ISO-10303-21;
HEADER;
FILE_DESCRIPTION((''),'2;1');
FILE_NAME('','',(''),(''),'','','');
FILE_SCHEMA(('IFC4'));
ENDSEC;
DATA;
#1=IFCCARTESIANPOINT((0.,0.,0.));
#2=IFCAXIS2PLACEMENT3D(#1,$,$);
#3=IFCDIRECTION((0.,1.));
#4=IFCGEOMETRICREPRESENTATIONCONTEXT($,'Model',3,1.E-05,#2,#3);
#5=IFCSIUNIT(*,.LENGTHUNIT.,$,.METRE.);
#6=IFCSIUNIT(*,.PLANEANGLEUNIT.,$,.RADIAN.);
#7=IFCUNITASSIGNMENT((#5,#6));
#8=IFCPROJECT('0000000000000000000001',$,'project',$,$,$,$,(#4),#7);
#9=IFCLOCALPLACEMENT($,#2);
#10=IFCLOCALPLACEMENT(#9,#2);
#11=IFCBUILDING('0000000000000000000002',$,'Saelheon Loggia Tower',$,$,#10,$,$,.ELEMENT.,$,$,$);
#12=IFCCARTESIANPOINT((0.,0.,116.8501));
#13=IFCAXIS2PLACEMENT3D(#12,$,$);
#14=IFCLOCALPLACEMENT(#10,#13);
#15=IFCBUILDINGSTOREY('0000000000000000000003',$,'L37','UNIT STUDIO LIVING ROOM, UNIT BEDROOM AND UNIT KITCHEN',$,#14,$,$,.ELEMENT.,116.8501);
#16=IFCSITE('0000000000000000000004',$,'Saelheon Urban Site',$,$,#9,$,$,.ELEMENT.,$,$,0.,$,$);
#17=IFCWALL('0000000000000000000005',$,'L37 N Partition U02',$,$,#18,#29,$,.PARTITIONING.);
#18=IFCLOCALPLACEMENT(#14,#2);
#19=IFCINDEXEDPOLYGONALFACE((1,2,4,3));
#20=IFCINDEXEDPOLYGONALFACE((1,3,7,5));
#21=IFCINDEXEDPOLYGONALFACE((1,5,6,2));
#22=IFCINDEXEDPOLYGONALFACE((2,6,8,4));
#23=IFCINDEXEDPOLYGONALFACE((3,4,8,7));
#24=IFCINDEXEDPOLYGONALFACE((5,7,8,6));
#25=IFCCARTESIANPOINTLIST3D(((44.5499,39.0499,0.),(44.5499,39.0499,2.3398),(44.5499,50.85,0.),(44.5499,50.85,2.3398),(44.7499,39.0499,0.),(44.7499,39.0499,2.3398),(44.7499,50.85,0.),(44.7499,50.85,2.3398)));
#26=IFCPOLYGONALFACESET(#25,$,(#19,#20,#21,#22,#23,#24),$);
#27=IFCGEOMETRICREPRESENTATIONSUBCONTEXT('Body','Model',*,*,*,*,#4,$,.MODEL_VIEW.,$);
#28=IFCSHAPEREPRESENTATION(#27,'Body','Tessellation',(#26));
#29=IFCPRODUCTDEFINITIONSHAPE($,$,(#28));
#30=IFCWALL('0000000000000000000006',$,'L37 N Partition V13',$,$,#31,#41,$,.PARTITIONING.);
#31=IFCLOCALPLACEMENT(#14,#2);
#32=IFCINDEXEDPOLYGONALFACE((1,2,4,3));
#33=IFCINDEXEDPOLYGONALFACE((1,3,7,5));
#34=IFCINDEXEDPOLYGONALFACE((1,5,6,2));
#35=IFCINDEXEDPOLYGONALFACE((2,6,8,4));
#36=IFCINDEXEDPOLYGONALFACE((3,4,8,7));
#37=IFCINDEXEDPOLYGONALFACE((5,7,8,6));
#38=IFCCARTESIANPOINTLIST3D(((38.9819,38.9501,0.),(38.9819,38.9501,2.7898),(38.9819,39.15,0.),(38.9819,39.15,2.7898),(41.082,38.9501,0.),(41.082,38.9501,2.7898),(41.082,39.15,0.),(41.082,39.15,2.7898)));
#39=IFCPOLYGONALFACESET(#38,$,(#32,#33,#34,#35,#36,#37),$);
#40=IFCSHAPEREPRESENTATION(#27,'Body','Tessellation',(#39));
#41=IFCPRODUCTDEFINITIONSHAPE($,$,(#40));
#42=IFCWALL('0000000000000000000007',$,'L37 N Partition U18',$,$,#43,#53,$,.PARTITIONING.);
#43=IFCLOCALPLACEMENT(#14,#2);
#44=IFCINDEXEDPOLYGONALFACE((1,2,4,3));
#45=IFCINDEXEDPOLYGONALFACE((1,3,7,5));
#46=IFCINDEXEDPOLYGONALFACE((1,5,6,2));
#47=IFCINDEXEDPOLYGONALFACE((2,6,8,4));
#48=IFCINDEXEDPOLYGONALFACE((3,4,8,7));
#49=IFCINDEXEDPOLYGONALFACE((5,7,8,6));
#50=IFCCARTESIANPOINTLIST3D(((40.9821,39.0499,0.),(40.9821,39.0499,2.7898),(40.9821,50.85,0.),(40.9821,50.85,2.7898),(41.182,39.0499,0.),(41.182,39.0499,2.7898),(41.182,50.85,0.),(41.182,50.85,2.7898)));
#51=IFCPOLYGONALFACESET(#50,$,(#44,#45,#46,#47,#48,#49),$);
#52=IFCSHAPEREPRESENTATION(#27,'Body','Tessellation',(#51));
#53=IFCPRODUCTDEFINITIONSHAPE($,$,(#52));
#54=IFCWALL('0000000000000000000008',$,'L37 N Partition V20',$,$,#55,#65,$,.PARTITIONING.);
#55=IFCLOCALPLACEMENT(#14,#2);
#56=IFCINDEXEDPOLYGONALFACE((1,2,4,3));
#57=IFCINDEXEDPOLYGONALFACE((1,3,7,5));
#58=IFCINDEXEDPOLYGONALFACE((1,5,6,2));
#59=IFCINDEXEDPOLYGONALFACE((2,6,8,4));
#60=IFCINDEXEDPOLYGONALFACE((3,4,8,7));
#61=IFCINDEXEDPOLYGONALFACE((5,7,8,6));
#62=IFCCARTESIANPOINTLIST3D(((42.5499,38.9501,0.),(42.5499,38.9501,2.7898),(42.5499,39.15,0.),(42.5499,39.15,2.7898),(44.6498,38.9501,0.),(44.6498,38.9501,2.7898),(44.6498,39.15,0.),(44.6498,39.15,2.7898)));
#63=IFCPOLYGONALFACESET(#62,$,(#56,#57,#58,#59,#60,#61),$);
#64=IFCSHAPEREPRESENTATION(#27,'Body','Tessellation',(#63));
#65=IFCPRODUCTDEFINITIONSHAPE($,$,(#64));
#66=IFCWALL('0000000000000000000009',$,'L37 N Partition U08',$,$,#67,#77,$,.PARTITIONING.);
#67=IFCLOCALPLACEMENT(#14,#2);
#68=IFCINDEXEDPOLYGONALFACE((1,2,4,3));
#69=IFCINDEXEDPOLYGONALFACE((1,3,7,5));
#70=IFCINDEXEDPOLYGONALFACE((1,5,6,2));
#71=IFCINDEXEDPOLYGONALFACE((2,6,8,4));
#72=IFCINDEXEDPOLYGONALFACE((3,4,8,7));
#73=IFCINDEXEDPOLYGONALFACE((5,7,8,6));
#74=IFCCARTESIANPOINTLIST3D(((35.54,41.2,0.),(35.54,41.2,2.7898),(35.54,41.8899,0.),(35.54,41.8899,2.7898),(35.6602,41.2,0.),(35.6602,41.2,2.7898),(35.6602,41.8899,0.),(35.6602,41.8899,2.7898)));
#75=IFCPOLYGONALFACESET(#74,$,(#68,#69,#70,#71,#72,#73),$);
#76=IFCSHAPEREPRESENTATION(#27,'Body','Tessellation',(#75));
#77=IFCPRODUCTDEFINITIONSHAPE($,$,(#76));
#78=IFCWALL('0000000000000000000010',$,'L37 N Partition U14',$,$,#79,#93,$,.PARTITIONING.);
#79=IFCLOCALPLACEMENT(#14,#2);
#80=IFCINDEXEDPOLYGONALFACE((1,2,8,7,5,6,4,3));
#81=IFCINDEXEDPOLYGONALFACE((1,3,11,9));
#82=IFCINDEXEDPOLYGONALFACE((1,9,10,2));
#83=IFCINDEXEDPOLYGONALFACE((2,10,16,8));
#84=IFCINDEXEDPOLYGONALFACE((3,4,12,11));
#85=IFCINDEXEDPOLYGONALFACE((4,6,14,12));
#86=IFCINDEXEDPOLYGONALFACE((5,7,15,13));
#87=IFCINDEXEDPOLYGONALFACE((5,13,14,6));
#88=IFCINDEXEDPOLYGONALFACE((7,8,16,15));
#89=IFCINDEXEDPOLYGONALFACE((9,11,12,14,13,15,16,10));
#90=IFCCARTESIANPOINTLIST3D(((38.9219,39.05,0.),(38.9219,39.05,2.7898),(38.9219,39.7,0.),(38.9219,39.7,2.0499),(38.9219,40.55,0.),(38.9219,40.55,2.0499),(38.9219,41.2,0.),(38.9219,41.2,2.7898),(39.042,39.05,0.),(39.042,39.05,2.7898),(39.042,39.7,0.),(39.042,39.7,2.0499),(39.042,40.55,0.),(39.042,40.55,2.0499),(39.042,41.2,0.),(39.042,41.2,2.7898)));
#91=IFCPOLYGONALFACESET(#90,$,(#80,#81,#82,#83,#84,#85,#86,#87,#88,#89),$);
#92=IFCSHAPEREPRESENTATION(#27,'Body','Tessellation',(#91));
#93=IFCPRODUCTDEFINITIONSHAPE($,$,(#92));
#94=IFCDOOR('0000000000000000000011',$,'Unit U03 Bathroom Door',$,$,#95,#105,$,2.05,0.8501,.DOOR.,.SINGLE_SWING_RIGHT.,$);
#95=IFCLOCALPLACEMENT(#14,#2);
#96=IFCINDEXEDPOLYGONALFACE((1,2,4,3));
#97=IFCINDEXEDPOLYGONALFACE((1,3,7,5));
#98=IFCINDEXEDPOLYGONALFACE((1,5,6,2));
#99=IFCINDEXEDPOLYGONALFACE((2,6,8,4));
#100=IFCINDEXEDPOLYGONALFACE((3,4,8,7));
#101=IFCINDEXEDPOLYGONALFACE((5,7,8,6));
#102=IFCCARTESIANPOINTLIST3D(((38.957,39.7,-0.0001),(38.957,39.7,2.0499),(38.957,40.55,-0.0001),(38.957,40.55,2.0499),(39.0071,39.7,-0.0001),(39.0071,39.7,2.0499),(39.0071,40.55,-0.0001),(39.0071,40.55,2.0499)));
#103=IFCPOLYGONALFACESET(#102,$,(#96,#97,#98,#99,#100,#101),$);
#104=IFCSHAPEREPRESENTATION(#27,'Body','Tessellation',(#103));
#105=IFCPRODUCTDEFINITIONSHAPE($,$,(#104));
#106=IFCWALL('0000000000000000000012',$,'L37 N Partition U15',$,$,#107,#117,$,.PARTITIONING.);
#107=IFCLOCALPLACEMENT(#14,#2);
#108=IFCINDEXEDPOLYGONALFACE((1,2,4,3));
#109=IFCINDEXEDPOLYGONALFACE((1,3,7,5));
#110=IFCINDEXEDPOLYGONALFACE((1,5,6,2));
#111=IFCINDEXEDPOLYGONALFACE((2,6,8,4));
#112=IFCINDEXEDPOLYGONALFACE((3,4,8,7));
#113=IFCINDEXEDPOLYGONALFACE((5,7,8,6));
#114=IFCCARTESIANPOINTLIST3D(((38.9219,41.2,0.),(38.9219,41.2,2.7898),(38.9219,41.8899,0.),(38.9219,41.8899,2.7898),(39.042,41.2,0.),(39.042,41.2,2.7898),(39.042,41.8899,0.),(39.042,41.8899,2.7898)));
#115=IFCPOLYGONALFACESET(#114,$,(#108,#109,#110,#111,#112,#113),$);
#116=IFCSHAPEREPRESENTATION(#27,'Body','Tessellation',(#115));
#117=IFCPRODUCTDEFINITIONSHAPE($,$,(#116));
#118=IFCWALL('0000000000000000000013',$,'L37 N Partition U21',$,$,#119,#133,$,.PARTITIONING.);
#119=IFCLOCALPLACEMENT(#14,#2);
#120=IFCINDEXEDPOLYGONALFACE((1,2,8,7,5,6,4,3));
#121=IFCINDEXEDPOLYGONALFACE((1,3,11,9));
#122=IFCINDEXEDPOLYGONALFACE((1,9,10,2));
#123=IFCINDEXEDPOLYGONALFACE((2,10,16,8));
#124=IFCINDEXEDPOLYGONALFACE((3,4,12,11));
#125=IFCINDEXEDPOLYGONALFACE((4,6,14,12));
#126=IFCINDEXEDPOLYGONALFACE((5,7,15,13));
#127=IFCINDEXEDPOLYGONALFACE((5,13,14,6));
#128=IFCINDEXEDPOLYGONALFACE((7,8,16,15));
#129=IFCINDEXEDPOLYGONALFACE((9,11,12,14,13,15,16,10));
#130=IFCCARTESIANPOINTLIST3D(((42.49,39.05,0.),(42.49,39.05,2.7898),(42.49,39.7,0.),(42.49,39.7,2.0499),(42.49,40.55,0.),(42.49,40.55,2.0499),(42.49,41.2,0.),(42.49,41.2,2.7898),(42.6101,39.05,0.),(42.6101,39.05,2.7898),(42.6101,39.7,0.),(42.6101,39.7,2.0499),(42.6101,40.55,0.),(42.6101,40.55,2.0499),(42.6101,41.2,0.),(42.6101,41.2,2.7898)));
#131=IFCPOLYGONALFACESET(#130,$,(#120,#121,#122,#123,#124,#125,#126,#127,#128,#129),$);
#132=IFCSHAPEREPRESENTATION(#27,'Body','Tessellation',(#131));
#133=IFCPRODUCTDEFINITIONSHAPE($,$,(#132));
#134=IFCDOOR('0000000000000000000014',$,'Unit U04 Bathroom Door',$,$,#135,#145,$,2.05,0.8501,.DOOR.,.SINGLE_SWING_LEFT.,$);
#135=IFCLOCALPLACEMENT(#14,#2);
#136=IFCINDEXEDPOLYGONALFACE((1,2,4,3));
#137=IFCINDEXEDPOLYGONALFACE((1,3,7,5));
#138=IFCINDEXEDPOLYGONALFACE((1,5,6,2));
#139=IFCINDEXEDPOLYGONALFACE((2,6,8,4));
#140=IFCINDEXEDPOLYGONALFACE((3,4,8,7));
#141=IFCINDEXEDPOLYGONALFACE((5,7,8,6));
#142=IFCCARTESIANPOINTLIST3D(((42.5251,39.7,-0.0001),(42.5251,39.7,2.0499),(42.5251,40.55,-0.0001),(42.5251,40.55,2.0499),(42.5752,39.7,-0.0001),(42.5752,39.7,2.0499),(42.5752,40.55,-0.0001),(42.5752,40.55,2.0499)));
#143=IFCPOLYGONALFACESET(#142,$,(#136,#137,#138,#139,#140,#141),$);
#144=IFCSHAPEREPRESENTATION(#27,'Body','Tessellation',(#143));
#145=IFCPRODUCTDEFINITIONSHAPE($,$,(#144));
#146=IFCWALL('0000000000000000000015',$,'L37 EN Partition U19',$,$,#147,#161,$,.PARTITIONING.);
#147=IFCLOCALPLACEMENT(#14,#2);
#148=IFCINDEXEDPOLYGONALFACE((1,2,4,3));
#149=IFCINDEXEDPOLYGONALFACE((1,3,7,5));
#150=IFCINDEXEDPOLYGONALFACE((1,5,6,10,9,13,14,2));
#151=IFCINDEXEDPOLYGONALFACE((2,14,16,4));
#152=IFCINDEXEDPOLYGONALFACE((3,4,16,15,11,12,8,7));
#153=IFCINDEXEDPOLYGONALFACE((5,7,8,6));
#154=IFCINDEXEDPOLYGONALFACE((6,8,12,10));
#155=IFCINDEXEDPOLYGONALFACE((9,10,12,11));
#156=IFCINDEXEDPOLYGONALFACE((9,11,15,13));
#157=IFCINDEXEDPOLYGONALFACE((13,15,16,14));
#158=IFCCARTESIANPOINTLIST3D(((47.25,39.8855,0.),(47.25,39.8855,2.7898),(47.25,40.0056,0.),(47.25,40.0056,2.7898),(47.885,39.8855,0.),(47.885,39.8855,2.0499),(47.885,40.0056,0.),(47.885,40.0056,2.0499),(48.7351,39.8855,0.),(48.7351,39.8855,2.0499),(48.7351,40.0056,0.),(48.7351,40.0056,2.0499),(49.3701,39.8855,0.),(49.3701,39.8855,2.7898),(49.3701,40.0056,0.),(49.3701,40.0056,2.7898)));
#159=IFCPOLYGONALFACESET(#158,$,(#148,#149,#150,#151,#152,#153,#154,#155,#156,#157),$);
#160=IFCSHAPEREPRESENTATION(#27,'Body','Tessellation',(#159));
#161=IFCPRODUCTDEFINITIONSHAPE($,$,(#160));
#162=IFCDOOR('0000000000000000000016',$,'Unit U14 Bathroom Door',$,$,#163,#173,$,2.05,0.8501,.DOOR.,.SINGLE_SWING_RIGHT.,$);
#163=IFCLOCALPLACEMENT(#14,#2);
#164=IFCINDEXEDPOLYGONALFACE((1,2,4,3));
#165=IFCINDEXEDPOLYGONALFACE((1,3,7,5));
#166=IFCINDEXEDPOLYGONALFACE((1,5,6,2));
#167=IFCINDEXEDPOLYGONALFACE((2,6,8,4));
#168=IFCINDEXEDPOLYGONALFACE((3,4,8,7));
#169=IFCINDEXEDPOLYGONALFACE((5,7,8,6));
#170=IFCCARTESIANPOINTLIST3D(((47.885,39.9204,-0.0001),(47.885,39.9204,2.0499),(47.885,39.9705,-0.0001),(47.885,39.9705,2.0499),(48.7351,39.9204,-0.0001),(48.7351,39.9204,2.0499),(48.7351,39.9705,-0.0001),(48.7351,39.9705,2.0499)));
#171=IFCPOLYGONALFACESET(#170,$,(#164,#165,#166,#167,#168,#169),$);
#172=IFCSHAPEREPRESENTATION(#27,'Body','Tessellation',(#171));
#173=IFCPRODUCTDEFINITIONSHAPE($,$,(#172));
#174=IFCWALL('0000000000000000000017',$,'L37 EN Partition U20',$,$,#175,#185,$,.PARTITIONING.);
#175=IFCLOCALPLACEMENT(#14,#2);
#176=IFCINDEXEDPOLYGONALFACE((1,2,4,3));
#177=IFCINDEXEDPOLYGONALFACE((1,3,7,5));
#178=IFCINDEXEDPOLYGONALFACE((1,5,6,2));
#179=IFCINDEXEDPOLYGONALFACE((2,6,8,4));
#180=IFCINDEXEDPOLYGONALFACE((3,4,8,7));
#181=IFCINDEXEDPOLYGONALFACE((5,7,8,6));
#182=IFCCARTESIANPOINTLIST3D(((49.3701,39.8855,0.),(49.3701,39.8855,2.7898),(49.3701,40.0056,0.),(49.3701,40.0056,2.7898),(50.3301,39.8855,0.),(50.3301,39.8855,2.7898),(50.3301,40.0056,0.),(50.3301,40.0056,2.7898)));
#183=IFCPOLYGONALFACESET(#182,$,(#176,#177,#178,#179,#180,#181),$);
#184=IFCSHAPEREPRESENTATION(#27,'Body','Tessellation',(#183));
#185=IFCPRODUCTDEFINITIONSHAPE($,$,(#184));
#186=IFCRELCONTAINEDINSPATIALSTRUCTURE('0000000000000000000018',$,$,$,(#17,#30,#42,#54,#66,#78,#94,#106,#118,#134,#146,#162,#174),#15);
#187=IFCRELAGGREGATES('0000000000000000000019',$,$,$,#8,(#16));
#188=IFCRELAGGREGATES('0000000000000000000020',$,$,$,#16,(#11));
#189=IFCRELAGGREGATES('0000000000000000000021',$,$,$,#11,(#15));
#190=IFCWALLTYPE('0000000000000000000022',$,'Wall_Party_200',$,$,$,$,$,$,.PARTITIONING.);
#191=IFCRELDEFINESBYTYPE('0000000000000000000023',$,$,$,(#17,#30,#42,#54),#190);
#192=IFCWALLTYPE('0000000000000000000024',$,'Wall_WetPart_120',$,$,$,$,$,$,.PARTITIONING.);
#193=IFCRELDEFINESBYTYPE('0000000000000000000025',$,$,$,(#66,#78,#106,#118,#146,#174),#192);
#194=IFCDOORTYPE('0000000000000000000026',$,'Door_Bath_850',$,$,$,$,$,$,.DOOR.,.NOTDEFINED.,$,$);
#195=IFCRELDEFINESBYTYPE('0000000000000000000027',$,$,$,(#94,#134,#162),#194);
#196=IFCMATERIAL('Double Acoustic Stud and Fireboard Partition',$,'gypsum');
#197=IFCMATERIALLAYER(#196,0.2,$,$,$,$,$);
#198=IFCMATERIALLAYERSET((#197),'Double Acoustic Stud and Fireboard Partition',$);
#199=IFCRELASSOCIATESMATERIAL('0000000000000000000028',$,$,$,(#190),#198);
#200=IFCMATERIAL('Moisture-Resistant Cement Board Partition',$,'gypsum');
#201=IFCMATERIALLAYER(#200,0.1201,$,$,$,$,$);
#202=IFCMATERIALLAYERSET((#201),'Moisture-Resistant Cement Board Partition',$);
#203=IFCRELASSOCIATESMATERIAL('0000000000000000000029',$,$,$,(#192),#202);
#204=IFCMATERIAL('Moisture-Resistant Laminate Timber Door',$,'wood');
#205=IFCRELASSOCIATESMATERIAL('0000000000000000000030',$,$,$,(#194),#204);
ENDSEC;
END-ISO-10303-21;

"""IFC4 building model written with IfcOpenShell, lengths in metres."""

from ifc_helpers import new_model, si_unit, direction, frame, frame_2d, origin, place, context, subcontext, project, spatial, rectangle, extrude, source, transform, mapped, material, layer, layer_set, type_object, element, fill, save


model = new_model("IFC4")

# Units and contexts
model_context = context("Model", 3, precision=1e-05, world=origin(), true_north=direction((0.0, 1.0)))
body_context = subcontext(model_context, "Body", "Model", "MODEL_VIEW")
ifc_project = project(units=[si_unit("LENGTHUNIT", "METRE"), si_unit("PLANEANGLEUNIT", "RADIAN")], contexts=[model_context])

# Site, building, storey
site_placement = place(None, origin())
site = spatial("IfcSite", under=ifc_project, at=site_placement, Name="Saelheon Urban Site", CompositionType="ELEMENT", RefElevation=0.0)
building_placement = place(site_placement, origin())
building = spatial("IfcBuilding", under=site, at=building_placement, Name="Saelheon Loggia Tower", CompositionType="ELEMENT")
storey_placement = place(building_placement, frame((0.0, 0.0, 116.8501)))
storey = spatial("IfcBuildingStorey", under=building, at=storey_placement, Name="L37", Description="UNIT STUDIO LIVING ROOM, UNIT BEDROOM AND UNIT KITCHEN", CompositionType="ELEMENT", Elevation=116.8501)

# Wall
ifc_material_1 = material(Name="Double Acoustic Stud and Fireboard Partition", Category="gypsum")
ifc_layer_1 = layer(ifc_material_1, 0.2)
ifc_layer_set_1 = layer_set([ifc_layer_1], Name="Double Acoustic Stud and Fireboard Partition")
wall_type_1 = type_object("IfcWallType", Name="Wall_Party_200", PredefinedType="PARTITIONING", material=ifc_layer_set_1)
wall_1_placement = place(storey_placement, frame((44.6499, 39.05, 0.0), z_axis=(0.0, 0.0, 1.0), x_axis=(0.0, 1.0, 0.0)))
element("IfcWall", 1, at=wall_1_placement, inside=storey, type_object=wall_type_1, Name="L37 N Partition U02", PredefinedType="PARTITIONING", context=body_context, shape_type="SweptSolid", body=[
    extrude(rectangle(XDim=11.8, YDim=0.2, at=frame_2d((5.8999, 0.0))), origin(), (0.0, 0.0, 1.0), 2.3398),
])

# Walls
wall_2_placement = place(storey_placement, frame((38.9819, 39.05, 0.0), z_axis=(0.0, 0.0, 1.0), x_axis=(1.0, 0.0, 0.0)))
element("IfcWall", 2, at=wall_2_placement, inside=storey, type_object=wall_type_1, Name="L37 N Partition V13", PredefinedType="PARTITIONING", context=body_context, shape_type="SweptSolid", body=[
    extrude(rectangle(XDim=2.1001, YDim=0.2, at=frame_2d((1.05, 0.0))), origin(), (0.0, 0.0, 1.0), 2.7898),
])
wall_3_placement = place(storey_placement, frame((41.082, 39.05, 0.0), z_axis=(0.0, 0.0, 1.0), x_axis=(0.0, 1.0, 0.0)))
element("IfcWall", 3, at=wall_3_placement, inside=storey, type_object=wall_type_1, Name="L37 N Partition U18", PredefinedType="PARTITIONING", context=body_context, shape_type="SweptSolid", body=[
    extrude(rectangle(XDim=11.8, YDim=0.2, at=frame_2d((5.8999, 0.0))), origin(), (0.0, 0.0, 1.0), 2.7898),
])

# Wall
wall_4_placement = place(storey_placement, frame((42.55, 39.05, 0.0), z_axis=(0.0, 0.0, 1.0), x_axis=(1.0, 0.0, 0.0)))
element("IfcWall", 4, at=wall_4_placement, inside=storey, type_object=wall_type_1, Name="L37 N Partition V20", PredefinedType="PARTITIONING", context=body_context, shape_type="SweptSolid", body=[
    extrude(rectangle(XDim=2.0999, YDim=0.2, at=frame_2d((1.0498, 0.0))), origin(), (0.0, 0.0, 1.0), 2.7898),
])

# Wall
ifc_material_2 = material(Name="Moisture-Resistant Cement Board Partition", Category="gypsum")
ifc_layer_2 = layer(ifc_material_2, 0.1201)
ifc_layer_set_2 = layer_set([ifc_layer_2], Name="Moisture-Resistant Cement Board Partition")
wall_type_2 = type_object("IfcWallType", Name="Wall_WetPart_120", PredefinedType="PARTITIONING", material=ifc_layer_set_2)
wall_5_placement = place(storey_placement, frame((35.6001, 41.2, 0.0), z_axis=(0.0, 0.0, 1.0), x_axis=(0.0, 1.0, 0.0)))
element("IfcWall", 5, at=wall_5_placement, inside=storey, type_object=wall_type_2, Name="L37 N Partition U08", PredefinedType="PARTITIONING", context=body_context, shape_type="SweptSolid", body=[
    extrude(rectangle(XDim=0.6899, YDim=0.1201, at=frame_2d((0.345, 0.0))), origin(), (0.0, 0.0, 1.0), 2.7898),
])

# Wall, opening, door
wall_6_placement = place(storey_placement, frame((38.9819, 39.05, 0.0), z_axis=(0.0, 0.0, 1.0), x_axis=(0.0, 1.0, 0.0)))
wall_6 = element("IfcWall", 6, at=wall_6_placement, inside=storey, type_object=wall_type_2, Name="L37 N Partition U14", PredefinedType="PARTITIONING", context=body_context, shape_type="SweptSolid", body=[
    extrude(rectangle(XDim=2.1499, YDim=0.1201, at=frame_2d((1.075, 0.0))), origin(), (0.0, 0.0, 1.0), 2.7898),
])
opening_1_placement = place(wall_6_placement, frame((0.6499, 0.0, 0.0)))
opening_1 = element("IfcOpeningElement", 7, at=opening_1_placement, cuts=wall_6, PredefinedType="OPENING", context=body_context, shape_type="SweptSolid", body=[
    extrude(rectangle(XDim=0.8501, YDim=2.05, at=frame_2d((0.425, 1.0249))), frame((0.0, 0.072, 0.0), z_axis=(0.0, -1.0, 0.0), x_axis=(1.0, 0.0, 0.0)), (0.0, 0.0, 1.0), 0.144),
])
ifc_material_3 = material(Name="Moisture-Resistant Laminate Timber Door", Category="wood")
door_type_1 = type_object("IfcDoorType", Name="Door_Bath_850", OperationType="NOTDEFINED", PredefinedType="DOOR", material=ifc_material_3)
shared_shape_1 = source(origin(), body_context, "Body", "SweptSolid", [
    extrude(rectangle(XDim=0.8501, YDim=2.05, at=frame_2d((0.425, 1.0249))), frame((0.0, 0.0249, 0.0), z_axis=(0.0, -1.0, 0.0), x_axis=(1.0, 0.0, 0.0)), (0.0, 0.0, 1.0), 0.05),
])
door_1_placement = place(opening_1_placement, origin())
door_1 = element("IfcDoor", 8, at=door_1_placement, inside=storey, type_object=door_type_1, Name="Unit U03 Bathroom Door", OperationType="SINGLE_SWING_RIGHT", OverallHeight=2.05, OverallWidth=0.8501, PredefinedType="DOOR", context=body_context, shape_type="MappedRepresentation", body=[
    mapped(shared_shape_1, transform((0.0, 0.0, 0.0), scale=1.0)),
])
fill(opening_1, door_1)

# Wall
wall_7_placement = place(storey_placement, frame((38.9819, 41.2, 0.0), z_axis=(0.0, 0.0, 1.0), x_axis=(0.0, 1.0, 0.0)))
element("IfcWall", 9, at=wall_7_placement, inside=storey, type_object=wall_type_2, Name="L37 N Partition U15", PredefinedType="PARTITIONING", context=body_context, shape_type="SweptSolid", body=[
    extrude(rectangle(XDim=0.6899, YDim=0.1201, at=frame_2d((0.345, 0.0))), origin(), (0.0, 0.0, 1.0), 2.7898),
])

# Walls, openings, doors
wall_8_placement = place(storey_placement, frame((42.55, 39.05, 0.0), z_axis=(0.0, 0.0, 1.0), x_axis=(0.0, 1.0, 0.0)))
wall_8 = element("IfcWall", 10, at=wall_8_placement, inside=storey, type_object=wall_type_2, Name="L37 N Partition U21", PredefinedType="PARTITIONING", context=body_context, shape_type="SweptSolid", body=[
    extrude(rectangle(XDim=2.1499, YDim=0.1201, at=frame_2d((1.075, 0.0))), origin(), (0.0, 0.0, 1.0), 2.7898),
])
opening_2_placement = place(wall_8_placement, frame((0.6499, 0.0, 0.0)))
opening_2 = element("IfcOpeningElement", 11, at=opening_2_placement, cuts=wall_8, PredefinedType="OPENING", context=body_context, shape_type="SweptSolid", body=[
    extrude(rectangle(XDim=0.8501, YDim=2.05, at=frame_2d((0.425, 1.0249))), frame((0.0, 0.072, 0.0), z_axis=(0.0, -1.0, 0.0), x_axis=(1.0, 0.0, 0.0)), (0.0, 0.0, 1.0), 0.144),
])
door_2_placement = place(opening_2_placement, origin())
door_2 = element("IfcDoor", 12, at=door_2_placement, inside=storey, type_object=door_type_1, Name="Unit U04 Bathroom Door", OperationType="SINGLE_SWING_LEFT", OverallHeight=2.05, OverallWidth=0.8501, PredefinedType="DOOR", context=body_context, shape_type="MappedRepresentation", body=[
    mapped(shared_shape_1, transform((0.0, 0.0, 0.0), scale=1.0)),
])
fill(opening_2, door_2)
wall_9_placement = place(storey_placement, frame((47.25, 39.9456, 0.0), z_axis=(0.0, 0.0, 1.0), x_axis=(1.0, 0.0, 0.0)))
wall_9 = element("IfcWall", 13, at=wall_9_placement, inside=storey, type_object=wall_type_2, Name="L37 EN Partition U19", PredefinedType="PARTITIONING", context=body_context, shape_type="SweptSolid", body=[
    extrude(rectangle(XDim=2.1201, YDim=0.1201, at=frame_2d((1.0601, 0.0))), origin(), (0.0, 0.0, 1.0), 2.7898),
])
opening_3_placement = place(wall_9_placement, frame((0.635, 0.0, 0.0)))
opening_3 = element("IfcOpeningElement", 14, at=opening_3_placement, cuts=wall_9, PredefinedType="OPENING", context=body_context, shape_type="SweptSolid", body=[
    extrude(rectangle(XDim=0.8501, YDim=2.05, at=frame_2d((0.425, 1.0249))), frame((0.0, 0.072, 0.0), z_axis=(0.0, -1.0, 0.0), x_axis=(1.0, 0.0, 0.0)), (0.0, 0.0, 1.0), 0.144),
])
door_3_placement = place(opening_3_placement, origin())
door_3 = element("IfcDoor", 15, at=door_3_placement, inside=storey, type_object=door_type_1, Name="Unit U14 Bathroom Door", OperationType="SINGLE_SWING_RIGHT", OverallHeight=2.05, OverallWidth=0.8501, PredefinedType="DOOR", context=body_context, shape_type="MappedRepresentation", body=[
    mapped(shared_shape_1, transform((0.0, 0.0, 0.0), scale=1.0)),
])
fill(opening_3, door_3)

# Wall
wall_10_placement = place(storey_placement, frame((49.3701, 39.9456, 0.0), z_axis=(0.0, 0.0, 1.0), x_axis=(1.0, 0.0, 0.0)))
element("IfcWall", 16, at=wall_10_placement, inside=storey, type_object=wall_type_2, Name="L37 EN Partition U20", PredefinedType="PARTITIONING", context=body_context, shape_type="SweptSolid", body=[
    extrude(rectangle(XDim=0.96, YDim=0.1201, at=frame_2d((0.48, 0.0))), origin(), (0.0, 0.0, 1.0), 2.7898),
])

save(model, "model.ifc")
